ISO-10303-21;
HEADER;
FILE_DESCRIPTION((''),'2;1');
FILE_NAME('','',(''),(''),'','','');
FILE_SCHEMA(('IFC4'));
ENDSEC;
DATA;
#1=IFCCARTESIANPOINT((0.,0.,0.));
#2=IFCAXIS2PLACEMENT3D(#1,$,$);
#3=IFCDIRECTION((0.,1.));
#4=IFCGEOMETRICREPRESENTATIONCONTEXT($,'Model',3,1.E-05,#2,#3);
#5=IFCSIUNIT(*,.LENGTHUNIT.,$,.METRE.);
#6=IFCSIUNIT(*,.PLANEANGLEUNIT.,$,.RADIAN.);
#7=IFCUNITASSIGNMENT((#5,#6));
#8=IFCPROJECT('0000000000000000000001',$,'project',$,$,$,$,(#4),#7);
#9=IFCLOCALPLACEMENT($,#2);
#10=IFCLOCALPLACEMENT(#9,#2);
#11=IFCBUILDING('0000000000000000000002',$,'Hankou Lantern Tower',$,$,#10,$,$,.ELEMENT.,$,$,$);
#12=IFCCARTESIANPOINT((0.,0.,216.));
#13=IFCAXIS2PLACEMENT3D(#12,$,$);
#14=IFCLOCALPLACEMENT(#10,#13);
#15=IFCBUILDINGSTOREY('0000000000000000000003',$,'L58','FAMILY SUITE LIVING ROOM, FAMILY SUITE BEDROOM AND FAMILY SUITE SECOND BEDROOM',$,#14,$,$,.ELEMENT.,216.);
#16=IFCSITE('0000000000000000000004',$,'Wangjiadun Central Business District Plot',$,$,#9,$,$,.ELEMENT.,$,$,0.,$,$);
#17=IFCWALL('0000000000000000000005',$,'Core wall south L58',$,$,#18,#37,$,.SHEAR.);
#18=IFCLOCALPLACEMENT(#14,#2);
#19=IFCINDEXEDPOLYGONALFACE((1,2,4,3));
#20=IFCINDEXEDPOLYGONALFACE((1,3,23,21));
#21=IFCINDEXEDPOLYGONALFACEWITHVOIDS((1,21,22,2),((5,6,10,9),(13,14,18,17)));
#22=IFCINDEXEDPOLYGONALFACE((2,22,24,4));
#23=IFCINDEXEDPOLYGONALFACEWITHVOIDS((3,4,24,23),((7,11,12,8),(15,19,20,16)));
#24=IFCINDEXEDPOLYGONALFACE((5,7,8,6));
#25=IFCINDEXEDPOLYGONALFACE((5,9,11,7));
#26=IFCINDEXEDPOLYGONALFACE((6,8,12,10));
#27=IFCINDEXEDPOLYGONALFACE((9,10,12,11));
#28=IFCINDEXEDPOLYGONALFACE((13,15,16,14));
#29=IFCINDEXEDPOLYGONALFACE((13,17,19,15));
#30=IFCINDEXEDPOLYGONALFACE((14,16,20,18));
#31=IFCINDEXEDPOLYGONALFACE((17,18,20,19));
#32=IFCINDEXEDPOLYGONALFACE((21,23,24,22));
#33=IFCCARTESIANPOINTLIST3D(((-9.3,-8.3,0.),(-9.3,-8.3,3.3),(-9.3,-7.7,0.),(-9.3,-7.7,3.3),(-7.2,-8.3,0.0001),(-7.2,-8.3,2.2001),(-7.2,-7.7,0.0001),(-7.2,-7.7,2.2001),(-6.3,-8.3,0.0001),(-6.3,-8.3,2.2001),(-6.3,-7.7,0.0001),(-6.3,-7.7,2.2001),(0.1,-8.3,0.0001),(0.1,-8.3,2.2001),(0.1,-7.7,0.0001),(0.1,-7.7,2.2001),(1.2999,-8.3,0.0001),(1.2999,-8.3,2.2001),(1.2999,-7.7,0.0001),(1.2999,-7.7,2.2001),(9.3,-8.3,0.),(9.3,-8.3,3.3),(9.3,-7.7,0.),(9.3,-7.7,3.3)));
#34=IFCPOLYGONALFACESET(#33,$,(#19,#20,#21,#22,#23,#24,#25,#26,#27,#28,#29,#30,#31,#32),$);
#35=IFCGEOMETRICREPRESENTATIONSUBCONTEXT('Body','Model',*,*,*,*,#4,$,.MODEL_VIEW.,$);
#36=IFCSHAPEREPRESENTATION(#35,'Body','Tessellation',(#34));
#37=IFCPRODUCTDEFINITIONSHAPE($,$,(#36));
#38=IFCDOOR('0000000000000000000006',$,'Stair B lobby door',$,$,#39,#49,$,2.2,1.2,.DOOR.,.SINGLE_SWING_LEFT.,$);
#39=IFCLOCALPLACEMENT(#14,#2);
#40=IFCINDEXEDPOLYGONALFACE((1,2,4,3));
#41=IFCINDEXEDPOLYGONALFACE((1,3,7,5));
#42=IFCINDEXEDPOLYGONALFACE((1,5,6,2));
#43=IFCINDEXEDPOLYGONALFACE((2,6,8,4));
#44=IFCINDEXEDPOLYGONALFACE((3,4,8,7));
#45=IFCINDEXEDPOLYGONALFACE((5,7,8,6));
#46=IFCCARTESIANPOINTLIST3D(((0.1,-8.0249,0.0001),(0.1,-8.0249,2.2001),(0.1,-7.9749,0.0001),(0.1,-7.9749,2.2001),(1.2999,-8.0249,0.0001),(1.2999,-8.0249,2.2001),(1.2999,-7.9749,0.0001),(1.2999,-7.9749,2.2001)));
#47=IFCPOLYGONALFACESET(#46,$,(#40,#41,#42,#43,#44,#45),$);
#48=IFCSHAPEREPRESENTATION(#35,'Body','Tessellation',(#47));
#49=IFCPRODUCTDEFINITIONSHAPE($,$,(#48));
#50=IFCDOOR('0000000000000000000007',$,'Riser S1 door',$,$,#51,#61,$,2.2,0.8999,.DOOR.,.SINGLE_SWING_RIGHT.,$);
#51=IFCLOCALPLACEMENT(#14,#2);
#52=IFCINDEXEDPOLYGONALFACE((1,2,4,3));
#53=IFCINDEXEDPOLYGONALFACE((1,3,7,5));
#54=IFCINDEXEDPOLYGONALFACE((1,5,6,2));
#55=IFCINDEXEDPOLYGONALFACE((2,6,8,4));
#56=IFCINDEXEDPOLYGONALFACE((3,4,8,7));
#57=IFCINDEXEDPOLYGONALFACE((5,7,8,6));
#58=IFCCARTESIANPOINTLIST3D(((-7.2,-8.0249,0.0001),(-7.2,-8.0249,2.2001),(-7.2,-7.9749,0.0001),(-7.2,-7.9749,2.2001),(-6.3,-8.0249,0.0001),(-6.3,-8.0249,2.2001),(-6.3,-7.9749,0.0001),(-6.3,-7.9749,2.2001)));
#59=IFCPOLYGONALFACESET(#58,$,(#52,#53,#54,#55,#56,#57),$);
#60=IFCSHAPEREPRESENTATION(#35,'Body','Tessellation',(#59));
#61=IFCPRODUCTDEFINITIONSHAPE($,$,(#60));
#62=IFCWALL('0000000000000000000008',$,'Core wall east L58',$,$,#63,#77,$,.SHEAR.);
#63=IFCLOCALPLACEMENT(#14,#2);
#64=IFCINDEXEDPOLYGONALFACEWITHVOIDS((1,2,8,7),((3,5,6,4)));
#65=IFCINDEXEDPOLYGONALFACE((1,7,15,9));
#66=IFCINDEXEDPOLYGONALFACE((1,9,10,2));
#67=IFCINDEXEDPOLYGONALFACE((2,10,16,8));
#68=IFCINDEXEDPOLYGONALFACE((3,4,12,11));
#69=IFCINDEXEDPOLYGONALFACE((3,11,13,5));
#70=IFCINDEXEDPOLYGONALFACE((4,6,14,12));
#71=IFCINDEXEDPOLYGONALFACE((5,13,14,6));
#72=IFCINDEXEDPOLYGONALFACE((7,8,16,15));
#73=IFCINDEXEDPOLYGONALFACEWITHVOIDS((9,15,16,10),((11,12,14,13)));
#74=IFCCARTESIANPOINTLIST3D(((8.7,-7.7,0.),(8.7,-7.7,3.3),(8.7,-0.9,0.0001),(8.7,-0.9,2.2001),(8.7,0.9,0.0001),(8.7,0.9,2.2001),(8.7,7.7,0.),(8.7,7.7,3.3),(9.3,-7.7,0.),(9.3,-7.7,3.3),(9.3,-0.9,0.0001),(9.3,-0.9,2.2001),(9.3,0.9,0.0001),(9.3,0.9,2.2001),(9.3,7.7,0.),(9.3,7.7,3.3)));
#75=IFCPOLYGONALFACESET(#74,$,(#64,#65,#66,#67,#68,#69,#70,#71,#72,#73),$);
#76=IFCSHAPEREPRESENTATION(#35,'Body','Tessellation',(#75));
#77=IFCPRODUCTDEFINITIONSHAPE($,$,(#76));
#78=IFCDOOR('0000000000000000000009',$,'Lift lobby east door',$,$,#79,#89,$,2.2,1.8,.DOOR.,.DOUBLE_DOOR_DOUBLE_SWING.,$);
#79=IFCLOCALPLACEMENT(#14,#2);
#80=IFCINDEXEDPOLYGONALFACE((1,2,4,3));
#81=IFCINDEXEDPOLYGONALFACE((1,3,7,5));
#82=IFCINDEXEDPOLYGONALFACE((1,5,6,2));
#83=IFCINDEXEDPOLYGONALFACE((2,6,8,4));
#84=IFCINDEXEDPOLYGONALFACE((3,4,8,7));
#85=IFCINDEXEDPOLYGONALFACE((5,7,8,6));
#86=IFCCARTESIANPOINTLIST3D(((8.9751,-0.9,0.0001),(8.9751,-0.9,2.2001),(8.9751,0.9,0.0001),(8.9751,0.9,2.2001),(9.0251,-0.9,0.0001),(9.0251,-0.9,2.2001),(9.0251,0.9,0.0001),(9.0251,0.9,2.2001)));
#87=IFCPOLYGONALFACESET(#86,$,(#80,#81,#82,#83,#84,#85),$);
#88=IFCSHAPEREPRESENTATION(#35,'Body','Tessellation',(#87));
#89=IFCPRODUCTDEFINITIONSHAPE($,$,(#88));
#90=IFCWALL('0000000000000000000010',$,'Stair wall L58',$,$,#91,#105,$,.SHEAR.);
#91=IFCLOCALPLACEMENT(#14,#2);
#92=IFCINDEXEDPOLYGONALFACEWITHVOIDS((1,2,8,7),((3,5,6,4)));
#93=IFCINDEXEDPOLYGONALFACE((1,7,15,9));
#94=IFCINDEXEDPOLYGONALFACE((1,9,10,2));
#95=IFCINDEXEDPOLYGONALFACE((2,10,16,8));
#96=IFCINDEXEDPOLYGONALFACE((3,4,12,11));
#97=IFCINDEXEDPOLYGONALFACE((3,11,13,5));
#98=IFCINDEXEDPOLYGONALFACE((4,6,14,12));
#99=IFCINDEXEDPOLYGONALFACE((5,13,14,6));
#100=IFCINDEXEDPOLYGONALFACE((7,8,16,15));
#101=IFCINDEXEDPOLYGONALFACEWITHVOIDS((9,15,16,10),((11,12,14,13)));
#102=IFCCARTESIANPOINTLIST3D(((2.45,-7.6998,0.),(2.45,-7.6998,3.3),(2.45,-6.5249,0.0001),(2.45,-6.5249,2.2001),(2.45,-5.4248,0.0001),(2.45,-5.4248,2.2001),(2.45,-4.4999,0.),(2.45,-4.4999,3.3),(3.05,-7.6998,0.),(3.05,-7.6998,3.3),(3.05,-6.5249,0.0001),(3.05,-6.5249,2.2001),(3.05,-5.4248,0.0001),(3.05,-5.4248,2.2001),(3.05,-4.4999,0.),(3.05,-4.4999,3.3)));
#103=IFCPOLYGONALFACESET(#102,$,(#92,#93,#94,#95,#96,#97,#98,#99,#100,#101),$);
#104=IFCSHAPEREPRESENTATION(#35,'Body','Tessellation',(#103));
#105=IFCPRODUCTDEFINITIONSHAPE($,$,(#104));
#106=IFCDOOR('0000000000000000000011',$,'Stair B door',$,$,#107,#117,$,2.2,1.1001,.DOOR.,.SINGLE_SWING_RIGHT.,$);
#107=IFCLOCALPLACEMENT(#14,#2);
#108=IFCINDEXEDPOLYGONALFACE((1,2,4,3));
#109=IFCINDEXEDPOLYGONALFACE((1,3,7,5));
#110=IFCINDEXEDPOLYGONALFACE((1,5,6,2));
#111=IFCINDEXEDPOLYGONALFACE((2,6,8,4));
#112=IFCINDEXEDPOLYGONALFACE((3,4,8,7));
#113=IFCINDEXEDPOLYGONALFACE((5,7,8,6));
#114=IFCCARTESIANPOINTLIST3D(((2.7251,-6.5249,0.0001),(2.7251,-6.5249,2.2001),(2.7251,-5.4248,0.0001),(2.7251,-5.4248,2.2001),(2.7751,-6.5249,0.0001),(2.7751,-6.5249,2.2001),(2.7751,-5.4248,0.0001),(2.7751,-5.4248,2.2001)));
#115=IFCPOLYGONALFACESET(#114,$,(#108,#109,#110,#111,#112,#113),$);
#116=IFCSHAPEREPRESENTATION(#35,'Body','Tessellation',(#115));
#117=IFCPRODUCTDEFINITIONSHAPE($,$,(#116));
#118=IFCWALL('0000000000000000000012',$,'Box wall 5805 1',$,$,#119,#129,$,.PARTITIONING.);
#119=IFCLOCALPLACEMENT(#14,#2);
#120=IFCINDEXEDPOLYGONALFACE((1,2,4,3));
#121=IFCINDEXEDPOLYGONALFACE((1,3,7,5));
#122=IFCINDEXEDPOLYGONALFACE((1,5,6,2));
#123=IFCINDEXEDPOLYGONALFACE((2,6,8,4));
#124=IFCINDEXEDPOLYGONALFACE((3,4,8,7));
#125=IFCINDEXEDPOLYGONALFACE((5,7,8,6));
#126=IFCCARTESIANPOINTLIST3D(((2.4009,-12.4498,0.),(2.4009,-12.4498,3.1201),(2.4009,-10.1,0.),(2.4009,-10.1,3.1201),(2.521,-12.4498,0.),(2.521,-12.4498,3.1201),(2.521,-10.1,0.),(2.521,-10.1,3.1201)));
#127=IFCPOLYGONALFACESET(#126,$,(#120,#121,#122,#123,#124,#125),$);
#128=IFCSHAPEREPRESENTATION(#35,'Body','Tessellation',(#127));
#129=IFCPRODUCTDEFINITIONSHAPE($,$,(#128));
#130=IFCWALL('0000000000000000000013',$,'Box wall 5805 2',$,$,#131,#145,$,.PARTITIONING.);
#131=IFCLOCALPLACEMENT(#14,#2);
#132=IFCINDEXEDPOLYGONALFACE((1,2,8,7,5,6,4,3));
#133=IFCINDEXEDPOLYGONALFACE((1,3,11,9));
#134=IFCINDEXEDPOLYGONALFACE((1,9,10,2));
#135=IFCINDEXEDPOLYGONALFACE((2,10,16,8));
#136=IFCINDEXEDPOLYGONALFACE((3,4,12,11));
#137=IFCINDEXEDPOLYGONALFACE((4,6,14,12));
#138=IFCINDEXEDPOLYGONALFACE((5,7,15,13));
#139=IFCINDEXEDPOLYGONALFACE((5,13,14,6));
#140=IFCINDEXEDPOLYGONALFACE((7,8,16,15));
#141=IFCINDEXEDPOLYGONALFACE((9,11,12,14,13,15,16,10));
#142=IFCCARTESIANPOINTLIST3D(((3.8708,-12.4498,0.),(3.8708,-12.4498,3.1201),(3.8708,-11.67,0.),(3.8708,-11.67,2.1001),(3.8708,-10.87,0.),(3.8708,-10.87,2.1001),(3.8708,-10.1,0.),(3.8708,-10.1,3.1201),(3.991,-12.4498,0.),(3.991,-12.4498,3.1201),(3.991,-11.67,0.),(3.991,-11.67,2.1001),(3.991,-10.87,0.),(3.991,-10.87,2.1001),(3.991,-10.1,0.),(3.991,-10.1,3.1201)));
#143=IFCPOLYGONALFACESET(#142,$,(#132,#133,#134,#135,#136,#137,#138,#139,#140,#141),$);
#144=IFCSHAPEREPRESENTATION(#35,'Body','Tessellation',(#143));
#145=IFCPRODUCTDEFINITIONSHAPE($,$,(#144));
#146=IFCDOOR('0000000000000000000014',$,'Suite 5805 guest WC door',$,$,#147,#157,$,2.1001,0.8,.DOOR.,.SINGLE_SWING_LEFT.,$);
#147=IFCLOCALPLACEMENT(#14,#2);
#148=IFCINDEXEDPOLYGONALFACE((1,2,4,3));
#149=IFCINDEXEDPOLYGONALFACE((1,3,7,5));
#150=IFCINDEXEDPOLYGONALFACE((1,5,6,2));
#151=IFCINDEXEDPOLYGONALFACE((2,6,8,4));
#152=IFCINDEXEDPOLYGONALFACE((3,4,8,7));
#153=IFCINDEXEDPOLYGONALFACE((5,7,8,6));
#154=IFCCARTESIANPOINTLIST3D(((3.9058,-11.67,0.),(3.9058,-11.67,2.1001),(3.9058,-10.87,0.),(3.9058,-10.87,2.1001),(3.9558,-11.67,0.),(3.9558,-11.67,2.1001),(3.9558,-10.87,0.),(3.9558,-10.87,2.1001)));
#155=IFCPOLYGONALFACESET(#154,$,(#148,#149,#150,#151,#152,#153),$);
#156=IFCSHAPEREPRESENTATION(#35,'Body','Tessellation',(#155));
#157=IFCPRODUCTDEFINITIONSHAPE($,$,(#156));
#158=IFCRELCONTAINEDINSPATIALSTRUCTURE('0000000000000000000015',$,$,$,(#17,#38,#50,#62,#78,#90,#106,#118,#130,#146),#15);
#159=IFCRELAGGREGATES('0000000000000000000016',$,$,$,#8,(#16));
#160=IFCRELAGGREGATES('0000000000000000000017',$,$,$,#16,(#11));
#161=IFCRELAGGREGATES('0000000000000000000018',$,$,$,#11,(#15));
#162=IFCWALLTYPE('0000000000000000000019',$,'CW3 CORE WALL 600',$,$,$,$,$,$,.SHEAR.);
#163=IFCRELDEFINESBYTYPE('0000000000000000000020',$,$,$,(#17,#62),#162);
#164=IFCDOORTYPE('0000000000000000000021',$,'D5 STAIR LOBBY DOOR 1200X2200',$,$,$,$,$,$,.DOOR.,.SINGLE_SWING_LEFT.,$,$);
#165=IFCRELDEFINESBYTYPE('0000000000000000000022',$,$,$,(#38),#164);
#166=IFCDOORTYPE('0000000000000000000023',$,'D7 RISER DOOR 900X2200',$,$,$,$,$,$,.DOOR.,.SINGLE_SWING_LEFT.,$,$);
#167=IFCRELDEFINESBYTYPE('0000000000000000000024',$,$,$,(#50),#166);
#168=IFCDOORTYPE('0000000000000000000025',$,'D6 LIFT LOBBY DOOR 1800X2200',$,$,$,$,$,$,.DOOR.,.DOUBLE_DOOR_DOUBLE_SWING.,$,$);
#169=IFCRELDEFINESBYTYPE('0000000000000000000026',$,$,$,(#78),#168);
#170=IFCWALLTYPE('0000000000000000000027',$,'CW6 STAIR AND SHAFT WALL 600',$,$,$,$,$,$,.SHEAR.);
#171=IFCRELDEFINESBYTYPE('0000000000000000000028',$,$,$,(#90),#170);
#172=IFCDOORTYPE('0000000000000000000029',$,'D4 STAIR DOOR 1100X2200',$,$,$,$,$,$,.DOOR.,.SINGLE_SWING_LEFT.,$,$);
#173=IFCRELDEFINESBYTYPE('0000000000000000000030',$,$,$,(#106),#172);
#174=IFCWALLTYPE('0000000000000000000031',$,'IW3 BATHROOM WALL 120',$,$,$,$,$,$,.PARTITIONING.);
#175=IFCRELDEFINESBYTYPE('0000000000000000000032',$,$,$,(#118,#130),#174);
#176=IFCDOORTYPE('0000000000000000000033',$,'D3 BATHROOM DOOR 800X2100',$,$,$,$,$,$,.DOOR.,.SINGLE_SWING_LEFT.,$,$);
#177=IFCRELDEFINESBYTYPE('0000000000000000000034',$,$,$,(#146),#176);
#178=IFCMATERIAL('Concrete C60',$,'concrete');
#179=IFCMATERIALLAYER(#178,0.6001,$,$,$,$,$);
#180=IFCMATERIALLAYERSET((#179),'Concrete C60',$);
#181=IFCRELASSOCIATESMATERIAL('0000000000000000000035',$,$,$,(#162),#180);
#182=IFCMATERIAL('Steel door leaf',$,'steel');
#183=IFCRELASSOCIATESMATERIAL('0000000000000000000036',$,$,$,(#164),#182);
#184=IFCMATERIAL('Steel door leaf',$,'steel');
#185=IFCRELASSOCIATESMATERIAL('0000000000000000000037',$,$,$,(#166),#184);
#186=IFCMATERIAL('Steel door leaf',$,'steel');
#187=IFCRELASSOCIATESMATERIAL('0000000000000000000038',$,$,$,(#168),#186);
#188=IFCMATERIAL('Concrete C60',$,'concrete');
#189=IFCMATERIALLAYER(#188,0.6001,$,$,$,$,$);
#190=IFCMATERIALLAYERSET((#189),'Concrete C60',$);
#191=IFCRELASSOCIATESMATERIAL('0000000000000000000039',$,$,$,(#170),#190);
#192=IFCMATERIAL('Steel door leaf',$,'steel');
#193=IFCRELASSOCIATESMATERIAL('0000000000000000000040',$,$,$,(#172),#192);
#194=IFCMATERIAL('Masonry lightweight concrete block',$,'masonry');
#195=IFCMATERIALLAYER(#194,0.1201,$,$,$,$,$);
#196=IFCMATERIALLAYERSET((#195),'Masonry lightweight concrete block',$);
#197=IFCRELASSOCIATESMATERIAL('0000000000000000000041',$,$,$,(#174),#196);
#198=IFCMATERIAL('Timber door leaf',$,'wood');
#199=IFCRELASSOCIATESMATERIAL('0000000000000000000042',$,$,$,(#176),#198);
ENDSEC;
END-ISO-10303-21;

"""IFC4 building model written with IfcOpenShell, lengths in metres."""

from ifc_helpers import new_model, si_unit, direction, frame, frame_2d, origin, place, context, subcontext, project, spatial, rectangle, extrude, material, layer, layer_set, type_object, element, fill, save


model = new_model("IFC4")

# Units and contexts
model_context = context("Model", 3, precision=1e-05, world=origin(), true_north=direction((0.0, 1.0)))
body_context = subcontext(model_context, "Body", "Model", "MODEL_VIEW")
ifc_project = project(units=[si_unit("LENGTHUNIT", "METRE"), si_unit("PLANEANGLEUNIT", "RADIAN")], contexts=[model_context])

# Site, building, storey
site_placement = place(None, origin())
site = spatial("IfcSite", under=ifc_project, at=site_placement, Name="Wangjiadun Central Business District Plot", CompositionType="ELEMENT", RefElevation=0.0)
building_placement = place(site_placement, origin())
building = spatial("IfcBuilding", under=site, at=building_placement, Name="Hankou Lantern Tower", CompositionType="ELEMENT")
storey_placement = place(building_placement, frame((0.0, 0.0, 216.0)))
storey = spatial("IfcBuildingStorey", under=building, at=storey_placement, Name="L58", Description="FAMILY SUITE LIVING ROOM, FAMILY SUITE BEDROOM AND FAMILY SUITE SECOND BEDROOM", CompositionType="ELEMENT", Elevation=216.0)

# Wall, openings, doors
ifc_material_1 = material(Name="Concrete C60", Category="concrete")
ifc_layer_1 = layer(ifc_material_1, 0.6001)
ifc_layer_set_1 = layer_set([ifc_layer_1], Name="Concrete C60")
wall_type_1 = type_object("IfcWallType", Name="CW3 CORE WALL 600", PredefinedType="SHEAR", material=ifc_layer_set_1)
wall_1_placement = place(storey_placement, frame((9.3, -8.0, 0.0), z_axis=(0.0, 0.0, 1.0), x_axis=(-1.0, 0.0, 0.0)))
wall_1 = element("IfcWall", 1, at=wall_1_placement, inside=storey, type_object=wall_type_1, Name="Core wall south L58", PredefinedType="SHEAR", context=body_context, shape_type="SweptSolid", body=[
    extrude(rectangle(XDim=18.6001, YDim=0.6001, at=frame_2d((9.3, 0.0))), origin(), (0.0, 0.0, 1.0), 3.3),
])
opening_1_placement = place(wall_1_placement, frame((8.0, 0.0, 0.0)))
opening_1 = element("IfcOpeningElement", 2, at=opening_1_placement, cuts=wall_1, PredefinedType="OPENING", context=body_context, shape_type="SweptSolid", body=[
    extrude(rectangle(XDim=1.2, YDim=2.2, at=frame_2d((0.6001, 1.1001))), frame((0.0, 0.3101, 0.0), z_axis=(0.0, -1.0, 0.0), x_axis=(1.0, 0.0, 0.0)), (0.0, 0.0, 1.0), 0.6201),
])
opening_2_placement = place(wall_1_placement, frame((15.6001, 0.0, 0.0)))
opening_2 = element("IfcOpeningElement", 3, at=opening_2_placement, cuts=wall_1, PredefinedType="OPENING", context=body_context, shape_type="SweptSolid", body=[
    extrude(rectangle(XDim=0.8999, YDim=2.2, at=frame_2d((0.45, 1.1001))), frame((0.0, 0.3101, 0.0), z_axis=(0.0, -1.0, 0.0), x_axis=(1.0, 0.0, 0.0)), (0.0, 0.0, 1.0), 0.6201),
])
ifc_material_2 = material(Name="Steel door leaf", Category="steel")
door_type_1 = type_object("IfcDoorType", Name="D5 STAIR LOBBY DOOR 1200X2200", OperationType="SINGLE_SWING_LEFT", PredefinedType="DOOR", material=ifc_material_2)
door_1_placement = place(opening_1_placement, origin())
door_1 = element("IfcDoor", 4, at=door_1_placement, inside=storey, type_object=door_type_1, Name="Stair B lobby door", OperationType="SINGLE_SWING_LEFT", OverallHeight=2.2, OverallWidth=1.2, PredefinedType="DOOR", context=body_context, shape_type="SweptSolid", body=[
    extrude(rectangle(XDim=1.2, YDim=2.2, at=frame_2d((0.6001, 1.1001))), frame((0.0, 0.0249, 0.0), z_axis=(0.0, -1.0, 0.0), x_axis=(1.0, 0.0, 0.0)), (0.0, 0.0, 1.0), 0.05),
])
fill(opening_1, door_1)
ifc_material_3 = material(Name="Steel door leaf", Category="steel")
door_type_2 = type_object("IfcDoorType", Name="D7 RISER DOOR 900X2200", OperationType="SINGLE_SWING_LEFT", PredefinedType="DOOR", material=ifc_material_3)
door_2_placement = place(opening_2_placement, origin())
door_2 = element("IfcDoor", 5, at=door_2_placement, inside=storey, type_object=door_type_2, Name="Riser S1 door", OperationType="SINGLE_SWING_RIGHT", OverallHeight=2.2, OverallWidth=0.8999, PredefinedType="DOOR", context=body_context, shape_type="SweptSolid", body=[
    extrude(rectangle(XDim=0.8999, YDim=2.2, at=frame_2d((0.45, 1.1001))), frame((0.0, 0.0249, 0.0), z_axis=(0.0, -1.0, 0.0), x_axis=(1.0, 0.0, 0.0)), (0.0, 0.0, 1.0), 0.05),
])
fill(opening_2, door_2)

# Walls, openings, doors
wall_2_placement = place(storey_placement, frame((9.0, -7.7, 0.0), z_axis=(0.0, 0.0, 1.0), x_axis=(0.0, 1.0, 0.0)))
wall_2 = element("IfcWall", 6, at=wall_2_placement, inside=storey, type_object=wall_type_1, Name="Core wall east L58", PredefinedType="SHEAR", context=body_context, shape_type="SweptSolid", body=[
    extrude(rectangle(XDim=15.3999, YDim=0.6001, at=frame_2d((7.7, 0.0))), origin(), (0.0, 0.0, 1.0), 3.3),
])
opening_3_placement = place(wall_2_placement, frame((6.8, 0.0, 0.0)))
opening_3 = element("IfcOpeningElement", 7, at=opening_3_placement, cuts=wall_2, PredefinedType="OPENING", context=body_context, shape_type="SweptSolid", body=[
    extrude(rectangle(XDim=1.8, YDim=2.2, at=frame_2d((0.8999, 1.1001))), frame((0.0, 0.3101, 0.0), z_axis=(0.0, -1.0, 0.0), x_axis=(1.0, 0.0, 0.0)), (0.0, 0.0, 1.0), 0.6201),
])
ifc_material_4 = material(Name="Steel door leaf", Category="steel")
door_type_3 = type_object("IfcDoorType", Name="D6 LIFT LOBBY DOOR 1800X2200", OperationType="DOUBLE_DOOR_DOUBLE_SWING", PredefinedType="DOOR", material=ifc_material_4)
door_3_placement = place(opening_3_placement, origin())
door_3 = element("IfcDoor", 8, at=door_3_placement, inside=storey, type_object=door_type_3, Name="Lift lobby east door", OperationType="DOUBLE_DOOR_DOUBLE_SWING", OverallHeight=2.2, OverallWidth=1.8, PredefinedType="DOOR", context=body_context, shape_type="SweptSolid", body=[
    extrude(rectangle(XDim=1.8, YDim=2.2, at=frame_2d((0.8999, 1.1001))), frame((0.0, 0.0249, 0.0), z_axis=(0.0, -1.0, 0.0), x_axis=(1.0, 0.0, 0.0)), (0.0, 0.0, 1.0), 0.05),
])
fill(opening_3, door_3)
ifc_material_5 = material(Name="Concrete C60", Category="concrete")
ifc_layer_2 = layer(ifc_material_5, 0.6001)
ifc_layer_set_2 = layer_set([ifc_layer_2], Name="Concrete C60")
wall_type_2 = type_object("IfcWallType", Name="CW6 STAIR AND SHAFT WALL 600", PredefinedType="SHEAR", material=ifc_layer_set_2)
wall_3_placement = place(storey_placement, frame((2.75, -7.7, 0.0), z_axis=(0.0, 0.0, 1.0), x_axis=(0.0, 1.0, 0.0)))
wall_3 = element("IfcWall", 9, at=wall_3_placement, inside=storey, type_object=wall_type_2, Name="Stair wall L58", PredefinedType="SHEAR", context=body_context, shape_type="SweptSolid", body=[
    extrude(rectangle(XDim=3.2, YDim=0.6001, at=frame_2d((1.6001, 0.0))), origin(), (0.0, 0.0, 1.0), 3.3),
])
opening_4_placement = place(wall_3_placement, frame((1.175, 0.0, 0.0)))
opening_4 = element("IfcOpeningElement", 10, at=opening_4_placement, cuts=wall_3, PredefinedType="OPENING", context=body_context, shape_type="SweptSolid", body=[
    extrude(rectangle(XDim=1.1001, YDim=2.2, at=frame_2d((0.55, 1.1001))), frame((0.0, 0.3101, 0.0), z_axis=(0.0, -1.0, 0.0), x_axis=(1.0, 0.0, 0.0)), (0.0, 0.0, 1.0), 0.6201),
])
ifc_material_6 = material(Name="Steel door leaf", Category="steel")
door_type_4 = type_object("IfcDoorType", Name="D4 STAIR DOOR 1100X2200", OperationType="SINGLE_SWING_LEFT", PredefinedType="DOOR", material=ifc_material_6)
door_4_placement = place(opening_4_placement, origin())
door_4 = element("IfcDoor", 11, at=door_4_placement, inside=storey, type_object=door_type_4, Name="Stair B door", OperationType="SINGLE_SWING_RIGHT", OverallHeight=2.2, OverallWidth=1.1001, PredefinedType="DOOR", context=body_context, shape_type="SweptSolid", body=[
    extrude(rectangle(XDim=1.1001, YDim=2.2, at=frame_2d((0.55, 1.1001))), frame((0.0, 0.0249, 0.0), z_axis=(0.0, -1.0, 0.0), x_axis=(1.0, 0.0, 0.0)), (0.0, 0.0, 1.0), 0.05),
])
fill(opening_4, door_4)

# Wall
ifc_material_7 = material(Name="Masonry lightweight concrete block", Category="masonry")
ifc_layer_3 = layer(ifc_material_7, 0.1201)
ifc_layer_set_3 = layer_set([ifc_layer_3], Name="Masonry lightweight concrete block")
wall_type_3 = type_object("IfcWallType", Name="IW3 BATHROOM WALL 120", PredefinedType="PARTITIONING", material=ifc_layer_set_3)
wall_4_placement = place(storey_placement, frame((2.4609, -10.1001, 0.0), z_axis=(0.0, 0.0, 1.0), x_axis=(0.0, -1.0, 0.0)))
element("IfcWall", 12, at=wall_4_placement, inside=storey, type_object=wall_type_3, Name="Box wall 5805 1", PredefinedType="PARTITIONING", context=body_context, shape_type="SweptSolid", body=[
    extrude(rectangle(XDim=2.3499, YDim=0.1201, at=frame_2d((1.1748, 0.0))), origin(), (0.0, 0.0, 1.0), 3.1201),
])

# Wall, opening, door
wall_5_placement = place(storey_placement, frame((3.9309, -10.1001, 0.0), z_axis=(0.0, 0.0, 1.0), x_axis=(0.0, -1.0, 0.0)))
wall_5 = element("IfcWall", 13, at=wall_5_placement, inside=storey, type_object=wall_type_3, Name="Box wall 5805 2", PredefinedType="PARTITIONING", context=body_context, shape_type="SweptSolid", body=[
    extrude(rectangle(XDim=2.3499, YDim=0.1201, at=frame_2d((1.1748, 0.0))), origin(), (0.0, 0.0, 1.0), 3.1201),
])
opening_5_placement = place(wall_5_placement, frame((0.77, 0.0, 0.0)))
opening_5 = element("IfcOpeningElement", 14, at=opening_5_placement, cuts=wall_5, PredefinedType="OPENING", context=body_context, shape_type="SweptSolid", body=[
    extrude(rectangle(XDim=0.8, YDim=2.1001, at=frame_2d((0.3999, 1.05))), frame((0.0, 0.0701, 0.0), z_axis=(0.0, -1.0, 0.0), x_axis=(1.0, 0.0, 0.0)), (0.0, 0.0, 1.0), 0.1401),
])
ifc_material_8 = material(Name="Timber door leaf", Category="wood")
door_type_5 = type_object("IfcDoorType", Name="D3 BATHROOM DOOR 800X2100", OperationType="SINGLE_SWING_LEFT", PredefinedType="DOOR", material=ifc_material_8)
door_5_placement = place(opening_5_placement, origin())
door_5 = element("IfcDoor", 15, at=door_5_placement, inside=storey, type_object=door_type_5, Name="Suite 5805 guest WC door", OperationType="SINGLE_SWING_LEFT", OverallHeight=2.1001, OverallWidth=0.8, PredefinedType="DOOR", context=body_context, shape_type="SweptSolid", body=[
    extrude(rectangle(XDim=0.8, YDim=2.1001, at=frame_2d((0.3999, 1.05))), frame((0.0, 0.0249, 0.0), z_axis=(0.0, -1.0, 0.0), x_axis=(1.0, 0.0, 0.0)), (0.0, 0.0, 1.0), 0.05),
])
fill(opening_5, door_5)

save(model, "model.ifc")
